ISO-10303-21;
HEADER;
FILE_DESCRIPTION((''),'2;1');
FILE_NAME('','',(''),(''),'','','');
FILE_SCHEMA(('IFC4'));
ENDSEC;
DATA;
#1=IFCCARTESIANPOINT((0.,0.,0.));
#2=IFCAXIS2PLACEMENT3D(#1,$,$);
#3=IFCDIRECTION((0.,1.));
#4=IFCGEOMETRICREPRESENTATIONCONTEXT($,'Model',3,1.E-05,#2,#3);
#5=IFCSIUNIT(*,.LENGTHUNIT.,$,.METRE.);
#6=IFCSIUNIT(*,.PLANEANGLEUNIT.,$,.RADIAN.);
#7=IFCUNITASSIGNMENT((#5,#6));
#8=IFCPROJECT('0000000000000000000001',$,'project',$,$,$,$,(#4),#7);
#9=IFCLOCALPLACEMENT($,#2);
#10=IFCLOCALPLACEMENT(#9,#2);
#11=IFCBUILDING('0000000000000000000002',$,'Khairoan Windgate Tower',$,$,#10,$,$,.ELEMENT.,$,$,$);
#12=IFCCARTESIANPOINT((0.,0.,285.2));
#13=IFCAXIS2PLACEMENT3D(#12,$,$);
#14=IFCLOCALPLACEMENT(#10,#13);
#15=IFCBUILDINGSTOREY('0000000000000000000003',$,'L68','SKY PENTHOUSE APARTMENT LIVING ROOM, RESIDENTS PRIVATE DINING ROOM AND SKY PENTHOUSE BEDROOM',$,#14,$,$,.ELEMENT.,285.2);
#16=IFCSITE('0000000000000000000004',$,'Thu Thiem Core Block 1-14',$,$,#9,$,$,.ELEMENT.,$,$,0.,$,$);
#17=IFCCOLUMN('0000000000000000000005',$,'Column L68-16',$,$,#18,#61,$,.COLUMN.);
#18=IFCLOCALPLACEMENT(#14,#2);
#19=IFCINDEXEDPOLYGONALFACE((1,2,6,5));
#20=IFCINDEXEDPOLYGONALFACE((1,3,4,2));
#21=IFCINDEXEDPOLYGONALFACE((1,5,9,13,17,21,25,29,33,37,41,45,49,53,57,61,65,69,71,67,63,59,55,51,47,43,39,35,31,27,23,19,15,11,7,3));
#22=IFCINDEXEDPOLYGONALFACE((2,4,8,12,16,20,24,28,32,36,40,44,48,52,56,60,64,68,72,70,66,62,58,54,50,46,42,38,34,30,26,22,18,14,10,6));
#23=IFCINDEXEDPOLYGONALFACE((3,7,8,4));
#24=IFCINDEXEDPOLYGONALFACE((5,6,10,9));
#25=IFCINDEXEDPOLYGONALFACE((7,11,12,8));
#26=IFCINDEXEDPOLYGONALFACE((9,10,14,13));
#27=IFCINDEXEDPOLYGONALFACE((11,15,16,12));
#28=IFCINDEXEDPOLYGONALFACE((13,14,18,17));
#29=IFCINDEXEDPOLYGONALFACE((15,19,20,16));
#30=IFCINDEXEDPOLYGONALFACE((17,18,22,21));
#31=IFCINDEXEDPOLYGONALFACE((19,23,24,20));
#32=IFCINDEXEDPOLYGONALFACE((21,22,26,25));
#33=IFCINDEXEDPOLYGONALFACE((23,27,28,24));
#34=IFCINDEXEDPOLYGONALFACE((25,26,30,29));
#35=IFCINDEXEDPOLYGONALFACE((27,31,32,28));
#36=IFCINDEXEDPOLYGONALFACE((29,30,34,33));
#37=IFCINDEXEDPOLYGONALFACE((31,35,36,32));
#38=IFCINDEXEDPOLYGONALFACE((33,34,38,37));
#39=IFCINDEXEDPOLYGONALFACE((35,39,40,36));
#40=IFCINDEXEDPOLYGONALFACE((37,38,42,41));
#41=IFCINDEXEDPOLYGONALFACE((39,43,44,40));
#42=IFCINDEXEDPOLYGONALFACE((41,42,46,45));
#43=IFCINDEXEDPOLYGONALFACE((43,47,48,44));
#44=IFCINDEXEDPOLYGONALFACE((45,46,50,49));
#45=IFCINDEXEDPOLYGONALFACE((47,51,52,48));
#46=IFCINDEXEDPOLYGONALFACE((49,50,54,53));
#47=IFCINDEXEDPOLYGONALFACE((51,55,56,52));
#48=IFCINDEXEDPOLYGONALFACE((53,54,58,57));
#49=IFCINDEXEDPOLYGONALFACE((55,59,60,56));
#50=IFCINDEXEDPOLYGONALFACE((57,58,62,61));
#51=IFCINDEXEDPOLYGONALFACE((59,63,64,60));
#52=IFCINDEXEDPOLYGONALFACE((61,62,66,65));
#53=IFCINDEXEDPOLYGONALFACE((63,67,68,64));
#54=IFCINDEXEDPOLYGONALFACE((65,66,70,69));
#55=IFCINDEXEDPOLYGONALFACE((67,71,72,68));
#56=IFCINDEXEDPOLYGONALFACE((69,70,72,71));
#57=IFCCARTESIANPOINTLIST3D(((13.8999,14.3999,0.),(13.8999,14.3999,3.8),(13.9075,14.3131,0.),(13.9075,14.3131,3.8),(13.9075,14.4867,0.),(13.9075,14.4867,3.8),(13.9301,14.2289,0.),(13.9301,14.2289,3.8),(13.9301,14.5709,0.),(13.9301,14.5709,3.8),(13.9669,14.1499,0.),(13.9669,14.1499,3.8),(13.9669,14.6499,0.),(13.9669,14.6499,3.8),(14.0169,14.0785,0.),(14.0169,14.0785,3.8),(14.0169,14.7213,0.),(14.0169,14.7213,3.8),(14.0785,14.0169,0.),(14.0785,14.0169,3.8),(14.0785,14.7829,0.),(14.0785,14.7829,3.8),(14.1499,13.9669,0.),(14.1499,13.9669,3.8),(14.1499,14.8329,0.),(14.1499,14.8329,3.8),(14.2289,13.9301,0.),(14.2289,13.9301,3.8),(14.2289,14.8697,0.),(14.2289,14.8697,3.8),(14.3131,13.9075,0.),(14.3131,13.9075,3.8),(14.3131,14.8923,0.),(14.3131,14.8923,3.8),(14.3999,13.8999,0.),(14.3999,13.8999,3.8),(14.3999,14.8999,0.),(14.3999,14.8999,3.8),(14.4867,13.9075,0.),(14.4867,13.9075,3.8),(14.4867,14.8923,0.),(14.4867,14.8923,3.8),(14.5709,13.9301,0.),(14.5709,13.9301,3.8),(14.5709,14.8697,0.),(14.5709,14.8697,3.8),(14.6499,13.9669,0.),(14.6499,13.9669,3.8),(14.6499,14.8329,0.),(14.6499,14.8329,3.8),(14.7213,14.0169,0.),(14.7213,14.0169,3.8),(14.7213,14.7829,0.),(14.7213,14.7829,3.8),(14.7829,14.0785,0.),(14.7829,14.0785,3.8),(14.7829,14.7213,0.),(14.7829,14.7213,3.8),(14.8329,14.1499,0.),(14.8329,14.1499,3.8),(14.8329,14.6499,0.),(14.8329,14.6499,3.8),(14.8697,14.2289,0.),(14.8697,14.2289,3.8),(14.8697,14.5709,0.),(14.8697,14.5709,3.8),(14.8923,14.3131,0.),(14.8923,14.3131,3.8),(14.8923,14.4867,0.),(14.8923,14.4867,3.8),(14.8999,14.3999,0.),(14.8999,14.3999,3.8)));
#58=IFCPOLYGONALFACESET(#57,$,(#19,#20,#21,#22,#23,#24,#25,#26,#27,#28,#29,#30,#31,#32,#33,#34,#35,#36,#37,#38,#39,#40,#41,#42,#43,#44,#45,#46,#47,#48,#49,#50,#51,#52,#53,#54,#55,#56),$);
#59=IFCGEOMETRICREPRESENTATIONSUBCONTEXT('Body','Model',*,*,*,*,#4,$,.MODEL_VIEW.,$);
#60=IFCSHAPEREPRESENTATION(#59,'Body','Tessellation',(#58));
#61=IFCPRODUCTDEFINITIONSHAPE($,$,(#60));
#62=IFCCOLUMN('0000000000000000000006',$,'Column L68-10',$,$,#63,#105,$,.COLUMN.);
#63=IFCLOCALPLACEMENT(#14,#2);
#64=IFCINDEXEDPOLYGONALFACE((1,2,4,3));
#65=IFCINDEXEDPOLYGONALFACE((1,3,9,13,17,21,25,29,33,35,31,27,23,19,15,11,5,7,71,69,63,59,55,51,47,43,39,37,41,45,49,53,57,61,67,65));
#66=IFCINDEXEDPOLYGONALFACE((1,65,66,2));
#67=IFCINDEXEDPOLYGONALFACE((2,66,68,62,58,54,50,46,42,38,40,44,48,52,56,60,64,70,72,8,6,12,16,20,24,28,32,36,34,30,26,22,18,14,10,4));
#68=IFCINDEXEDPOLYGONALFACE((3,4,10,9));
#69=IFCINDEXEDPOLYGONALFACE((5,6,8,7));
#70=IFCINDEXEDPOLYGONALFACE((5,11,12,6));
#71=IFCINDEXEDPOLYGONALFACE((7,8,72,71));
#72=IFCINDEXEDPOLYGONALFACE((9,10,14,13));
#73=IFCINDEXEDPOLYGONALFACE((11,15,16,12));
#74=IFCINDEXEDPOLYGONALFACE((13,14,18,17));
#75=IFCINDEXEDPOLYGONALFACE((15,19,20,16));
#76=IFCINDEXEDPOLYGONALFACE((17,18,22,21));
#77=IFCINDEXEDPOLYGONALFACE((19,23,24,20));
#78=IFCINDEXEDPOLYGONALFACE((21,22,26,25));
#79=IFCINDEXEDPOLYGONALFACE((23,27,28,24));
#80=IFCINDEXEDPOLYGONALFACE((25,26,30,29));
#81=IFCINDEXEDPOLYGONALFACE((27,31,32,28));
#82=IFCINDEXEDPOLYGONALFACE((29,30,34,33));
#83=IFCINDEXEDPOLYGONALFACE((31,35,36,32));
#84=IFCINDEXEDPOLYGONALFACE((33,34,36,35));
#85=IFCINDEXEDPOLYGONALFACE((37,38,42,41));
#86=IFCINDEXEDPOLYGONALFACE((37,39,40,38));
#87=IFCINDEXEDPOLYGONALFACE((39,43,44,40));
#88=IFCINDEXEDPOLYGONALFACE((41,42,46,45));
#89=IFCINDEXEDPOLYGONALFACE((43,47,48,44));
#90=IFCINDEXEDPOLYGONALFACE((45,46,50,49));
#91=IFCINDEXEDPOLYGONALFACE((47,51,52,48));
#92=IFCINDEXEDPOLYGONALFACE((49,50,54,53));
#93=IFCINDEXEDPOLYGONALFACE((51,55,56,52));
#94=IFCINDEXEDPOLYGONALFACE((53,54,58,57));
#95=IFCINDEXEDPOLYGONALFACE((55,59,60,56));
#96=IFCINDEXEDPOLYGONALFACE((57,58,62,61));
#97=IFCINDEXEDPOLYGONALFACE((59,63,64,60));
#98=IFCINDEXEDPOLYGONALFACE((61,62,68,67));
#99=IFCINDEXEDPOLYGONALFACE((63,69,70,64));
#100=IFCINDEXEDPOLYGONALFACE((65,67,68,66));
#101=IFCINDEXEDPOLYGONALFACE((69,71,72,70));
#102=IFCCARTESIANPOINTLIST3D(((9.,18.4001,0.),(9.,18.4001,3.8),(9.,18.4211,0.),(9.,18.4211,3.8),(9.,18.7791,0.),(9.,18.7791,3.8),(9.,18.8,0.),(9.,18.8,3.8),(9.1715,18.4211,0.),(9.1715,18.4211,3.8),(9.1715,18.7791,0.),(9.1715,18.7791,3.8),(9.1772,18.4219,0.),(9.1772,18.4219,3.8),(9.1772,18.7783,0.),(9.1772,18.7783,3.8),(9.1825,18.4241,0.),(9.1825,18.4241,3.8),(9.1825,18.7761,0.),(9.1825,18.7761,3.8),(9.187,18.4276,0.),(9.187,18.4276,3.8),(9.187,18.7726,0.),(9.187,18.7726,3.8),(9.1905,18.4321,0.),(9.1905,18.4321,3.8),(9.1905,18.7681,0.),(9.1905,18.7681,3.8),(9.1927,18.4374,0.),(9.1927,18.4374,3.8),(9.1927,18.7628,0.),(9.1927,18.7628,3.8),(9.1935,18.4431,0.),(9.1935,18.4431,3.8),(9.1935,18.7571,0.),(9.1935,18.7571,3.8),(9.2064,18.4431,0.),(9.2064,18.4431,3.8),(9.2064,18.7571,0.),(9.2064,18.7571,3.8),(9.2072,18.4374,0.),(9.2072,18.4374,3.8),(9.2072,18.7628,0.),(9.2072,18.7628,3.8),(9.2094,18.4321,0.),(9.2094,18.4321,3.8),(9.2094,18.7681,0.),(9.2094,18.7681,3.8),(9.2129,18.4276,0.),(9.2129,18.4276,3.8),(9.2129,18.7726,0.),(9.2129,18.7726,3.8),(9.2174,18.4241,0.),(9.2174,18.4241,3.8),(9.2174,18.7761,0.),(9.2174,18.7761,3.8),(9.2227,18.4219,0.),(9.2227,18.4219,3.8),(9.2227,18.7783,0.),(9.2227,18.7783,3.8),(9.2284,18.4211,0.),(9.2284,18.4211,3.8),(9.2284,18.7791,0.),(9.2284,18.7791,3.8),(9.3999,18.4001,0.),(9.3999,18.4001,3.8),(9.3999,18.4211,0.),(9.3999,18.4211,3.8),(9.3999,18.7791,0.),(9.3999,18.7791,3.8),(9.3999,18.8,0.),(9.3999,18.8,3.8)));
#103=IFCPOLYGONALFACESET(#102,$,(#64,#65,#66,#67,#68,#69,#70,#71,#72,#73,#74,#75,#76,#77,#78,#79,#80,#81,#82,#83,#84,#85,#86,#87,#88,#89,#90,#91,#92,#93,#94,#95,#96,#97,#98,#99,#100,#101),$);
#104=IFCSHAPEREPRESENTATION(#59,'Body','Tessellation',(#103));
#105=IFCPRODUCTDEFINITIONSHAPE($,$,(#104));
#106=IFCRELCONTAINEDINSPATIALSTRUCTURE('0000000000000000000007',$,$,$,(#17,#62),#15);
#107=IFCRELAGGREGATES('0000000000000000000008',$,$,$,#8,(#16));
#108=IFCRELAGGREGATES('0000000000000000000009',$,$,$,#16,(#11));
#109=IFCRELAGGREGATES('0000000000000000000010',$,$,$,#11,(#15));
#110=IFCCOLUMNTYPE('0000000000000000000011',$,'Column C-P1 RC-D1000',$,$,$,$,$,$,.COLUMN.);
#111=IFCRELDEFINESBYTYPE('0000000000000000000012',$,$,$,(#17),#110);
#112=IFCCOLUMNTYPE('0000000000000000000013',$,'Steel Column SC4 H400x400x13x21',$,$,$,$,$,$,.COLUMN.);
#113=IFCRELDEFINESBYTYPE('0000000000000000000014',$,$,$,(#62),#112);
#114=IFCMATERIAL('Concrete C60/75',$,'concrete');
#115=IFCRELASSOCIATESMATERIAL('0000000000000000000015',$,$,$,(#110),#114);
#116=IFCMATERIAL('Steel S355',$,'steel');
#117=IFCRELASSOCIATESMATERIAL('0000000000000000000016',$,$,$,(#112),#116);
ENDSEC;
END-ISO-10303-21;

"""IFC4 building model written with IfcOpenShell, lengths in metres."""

from ifc_helpers import new_model, si_unit, direction, frame, origin, origin_2d, place, context, subcontext, project, spatial, circle, i_section, extrude, material, material_profile, profile_set, type_object, element, save


model = new_model("IFC4")

# Units and contexts
model_context = context("Model", 3, precision=1e-05, world=origin(), true_north=direction((0.0, 1.0)))
body_context = subcontext(model_context, "Body", "Model", "MODEL_VIEW")
ifc_project = project(units=[si_unit("LENGTHUNIT", "METRE"), si_unit("PLANEANGLEUNIT", "RADIAN")], contexts=[model_context])

# Site, building, storey
site_placement = place(None, origin())
site = spatial("IfcSite", under=ifc_project, at=site_placement, Name="Thu Thiem Core Block 1-14", CompositionType="ELEMENT", RefElevation=0.0)
building_placement = place(site_placement, origin())
building = spatial("IfcBuilding", under=site, at=building_placement, Name="Khairoan Windgate Tower", CompositionType="ELEMENT")
storey_placement = place(building_placement, frame((0.0, 0.0, 285.2)))
storey = spatial("IfcBuildingStorey", under=building, at=storey_placement, Name="L68", Description="SKY PENTHOUSE APARTMENT LIVING ROOM, RESIDENTS PRIVATE DINING ROOM AND SKY PENTHOUSE BEDROOM", CompositionType="ELEMENT", Elevation=285.2)

# Columns
ifc_material_1 = material(Name="Concrete C60/75", Category="concrete")
ifc_material_profile_1 = material_profile(ifc_material_1, circle(Radius=0.5, at=origin_2d()))
ifc_profile_set_1 = profile_set([ifc_material_profile_1], Name="Concrete C60/75")
column_type_1 = type_object("IfcColumnType", Name="Column C-P1 RC-D1000", PredefinedType="COLUMN", material=ifc_profile_set_1)
column_1_placement = place(storey_placement, frame((14.3999, 14.3999, 0.0), z_axis=(0.0, 0.0, 1.0), x_axis=(1.0, 0.0, 0.0)))
element("IfcColumn", 1, at=column_1_placement, inside=storey, type_object=column_type_1, Name="Column L68-16", PredefinedType="COLUMN", context=body_context, shape_type="SweptSolid", body=[
    extrude(circle(Radius=0.5, at=origin_2d()), origin(), (0.0, 0.0, 1.0), 3.8),
])
ifc_material_2 = material(Name="Steel S355", Category="steel")
ifc_material_profile_2 = material_profile(ifc_material_2, i_section(OverallWidth=0.3999, OverallDepth=0.3999, WebThickness=0.0129, FlangeThickness=0.021, FilletRadius=0.022, at=origin_2d()))
ifc_profile_set_2 = profile_set([ifc_material_profile_2], Name="Steel S355")
column_type_2 = type_object("IfcColumnType", Name="Steel Column SC4 H400x400x13x21", PredefinedType="COLUMN", material=ifc_profile_set_2)
column_2_placement = place(storey_placement, frame((9.2, 18.6001, 0.0), z_axis=(0.0, 0.0, 1.0), x_axis=(1.0, 0.0, 0.0)))
element("IfcColumn", 2, at=column_2_placement, inside=storey, type_object=column_type_2, Name="Column L68-10", PredefinedType="COLUMN", context=body_context, shape_type="SweptSolid", body=[
    extrude(i_section(OverallWidth=0.3999, OverallDepth=0.3999, WebThickness=0.0129, FlangeThickness=0.021, FilletRadius=0.022, at=origin_2d()), origin(), (0.0, 0.0, 1.0), 3.8),
])

save(model, "model.ifc")
